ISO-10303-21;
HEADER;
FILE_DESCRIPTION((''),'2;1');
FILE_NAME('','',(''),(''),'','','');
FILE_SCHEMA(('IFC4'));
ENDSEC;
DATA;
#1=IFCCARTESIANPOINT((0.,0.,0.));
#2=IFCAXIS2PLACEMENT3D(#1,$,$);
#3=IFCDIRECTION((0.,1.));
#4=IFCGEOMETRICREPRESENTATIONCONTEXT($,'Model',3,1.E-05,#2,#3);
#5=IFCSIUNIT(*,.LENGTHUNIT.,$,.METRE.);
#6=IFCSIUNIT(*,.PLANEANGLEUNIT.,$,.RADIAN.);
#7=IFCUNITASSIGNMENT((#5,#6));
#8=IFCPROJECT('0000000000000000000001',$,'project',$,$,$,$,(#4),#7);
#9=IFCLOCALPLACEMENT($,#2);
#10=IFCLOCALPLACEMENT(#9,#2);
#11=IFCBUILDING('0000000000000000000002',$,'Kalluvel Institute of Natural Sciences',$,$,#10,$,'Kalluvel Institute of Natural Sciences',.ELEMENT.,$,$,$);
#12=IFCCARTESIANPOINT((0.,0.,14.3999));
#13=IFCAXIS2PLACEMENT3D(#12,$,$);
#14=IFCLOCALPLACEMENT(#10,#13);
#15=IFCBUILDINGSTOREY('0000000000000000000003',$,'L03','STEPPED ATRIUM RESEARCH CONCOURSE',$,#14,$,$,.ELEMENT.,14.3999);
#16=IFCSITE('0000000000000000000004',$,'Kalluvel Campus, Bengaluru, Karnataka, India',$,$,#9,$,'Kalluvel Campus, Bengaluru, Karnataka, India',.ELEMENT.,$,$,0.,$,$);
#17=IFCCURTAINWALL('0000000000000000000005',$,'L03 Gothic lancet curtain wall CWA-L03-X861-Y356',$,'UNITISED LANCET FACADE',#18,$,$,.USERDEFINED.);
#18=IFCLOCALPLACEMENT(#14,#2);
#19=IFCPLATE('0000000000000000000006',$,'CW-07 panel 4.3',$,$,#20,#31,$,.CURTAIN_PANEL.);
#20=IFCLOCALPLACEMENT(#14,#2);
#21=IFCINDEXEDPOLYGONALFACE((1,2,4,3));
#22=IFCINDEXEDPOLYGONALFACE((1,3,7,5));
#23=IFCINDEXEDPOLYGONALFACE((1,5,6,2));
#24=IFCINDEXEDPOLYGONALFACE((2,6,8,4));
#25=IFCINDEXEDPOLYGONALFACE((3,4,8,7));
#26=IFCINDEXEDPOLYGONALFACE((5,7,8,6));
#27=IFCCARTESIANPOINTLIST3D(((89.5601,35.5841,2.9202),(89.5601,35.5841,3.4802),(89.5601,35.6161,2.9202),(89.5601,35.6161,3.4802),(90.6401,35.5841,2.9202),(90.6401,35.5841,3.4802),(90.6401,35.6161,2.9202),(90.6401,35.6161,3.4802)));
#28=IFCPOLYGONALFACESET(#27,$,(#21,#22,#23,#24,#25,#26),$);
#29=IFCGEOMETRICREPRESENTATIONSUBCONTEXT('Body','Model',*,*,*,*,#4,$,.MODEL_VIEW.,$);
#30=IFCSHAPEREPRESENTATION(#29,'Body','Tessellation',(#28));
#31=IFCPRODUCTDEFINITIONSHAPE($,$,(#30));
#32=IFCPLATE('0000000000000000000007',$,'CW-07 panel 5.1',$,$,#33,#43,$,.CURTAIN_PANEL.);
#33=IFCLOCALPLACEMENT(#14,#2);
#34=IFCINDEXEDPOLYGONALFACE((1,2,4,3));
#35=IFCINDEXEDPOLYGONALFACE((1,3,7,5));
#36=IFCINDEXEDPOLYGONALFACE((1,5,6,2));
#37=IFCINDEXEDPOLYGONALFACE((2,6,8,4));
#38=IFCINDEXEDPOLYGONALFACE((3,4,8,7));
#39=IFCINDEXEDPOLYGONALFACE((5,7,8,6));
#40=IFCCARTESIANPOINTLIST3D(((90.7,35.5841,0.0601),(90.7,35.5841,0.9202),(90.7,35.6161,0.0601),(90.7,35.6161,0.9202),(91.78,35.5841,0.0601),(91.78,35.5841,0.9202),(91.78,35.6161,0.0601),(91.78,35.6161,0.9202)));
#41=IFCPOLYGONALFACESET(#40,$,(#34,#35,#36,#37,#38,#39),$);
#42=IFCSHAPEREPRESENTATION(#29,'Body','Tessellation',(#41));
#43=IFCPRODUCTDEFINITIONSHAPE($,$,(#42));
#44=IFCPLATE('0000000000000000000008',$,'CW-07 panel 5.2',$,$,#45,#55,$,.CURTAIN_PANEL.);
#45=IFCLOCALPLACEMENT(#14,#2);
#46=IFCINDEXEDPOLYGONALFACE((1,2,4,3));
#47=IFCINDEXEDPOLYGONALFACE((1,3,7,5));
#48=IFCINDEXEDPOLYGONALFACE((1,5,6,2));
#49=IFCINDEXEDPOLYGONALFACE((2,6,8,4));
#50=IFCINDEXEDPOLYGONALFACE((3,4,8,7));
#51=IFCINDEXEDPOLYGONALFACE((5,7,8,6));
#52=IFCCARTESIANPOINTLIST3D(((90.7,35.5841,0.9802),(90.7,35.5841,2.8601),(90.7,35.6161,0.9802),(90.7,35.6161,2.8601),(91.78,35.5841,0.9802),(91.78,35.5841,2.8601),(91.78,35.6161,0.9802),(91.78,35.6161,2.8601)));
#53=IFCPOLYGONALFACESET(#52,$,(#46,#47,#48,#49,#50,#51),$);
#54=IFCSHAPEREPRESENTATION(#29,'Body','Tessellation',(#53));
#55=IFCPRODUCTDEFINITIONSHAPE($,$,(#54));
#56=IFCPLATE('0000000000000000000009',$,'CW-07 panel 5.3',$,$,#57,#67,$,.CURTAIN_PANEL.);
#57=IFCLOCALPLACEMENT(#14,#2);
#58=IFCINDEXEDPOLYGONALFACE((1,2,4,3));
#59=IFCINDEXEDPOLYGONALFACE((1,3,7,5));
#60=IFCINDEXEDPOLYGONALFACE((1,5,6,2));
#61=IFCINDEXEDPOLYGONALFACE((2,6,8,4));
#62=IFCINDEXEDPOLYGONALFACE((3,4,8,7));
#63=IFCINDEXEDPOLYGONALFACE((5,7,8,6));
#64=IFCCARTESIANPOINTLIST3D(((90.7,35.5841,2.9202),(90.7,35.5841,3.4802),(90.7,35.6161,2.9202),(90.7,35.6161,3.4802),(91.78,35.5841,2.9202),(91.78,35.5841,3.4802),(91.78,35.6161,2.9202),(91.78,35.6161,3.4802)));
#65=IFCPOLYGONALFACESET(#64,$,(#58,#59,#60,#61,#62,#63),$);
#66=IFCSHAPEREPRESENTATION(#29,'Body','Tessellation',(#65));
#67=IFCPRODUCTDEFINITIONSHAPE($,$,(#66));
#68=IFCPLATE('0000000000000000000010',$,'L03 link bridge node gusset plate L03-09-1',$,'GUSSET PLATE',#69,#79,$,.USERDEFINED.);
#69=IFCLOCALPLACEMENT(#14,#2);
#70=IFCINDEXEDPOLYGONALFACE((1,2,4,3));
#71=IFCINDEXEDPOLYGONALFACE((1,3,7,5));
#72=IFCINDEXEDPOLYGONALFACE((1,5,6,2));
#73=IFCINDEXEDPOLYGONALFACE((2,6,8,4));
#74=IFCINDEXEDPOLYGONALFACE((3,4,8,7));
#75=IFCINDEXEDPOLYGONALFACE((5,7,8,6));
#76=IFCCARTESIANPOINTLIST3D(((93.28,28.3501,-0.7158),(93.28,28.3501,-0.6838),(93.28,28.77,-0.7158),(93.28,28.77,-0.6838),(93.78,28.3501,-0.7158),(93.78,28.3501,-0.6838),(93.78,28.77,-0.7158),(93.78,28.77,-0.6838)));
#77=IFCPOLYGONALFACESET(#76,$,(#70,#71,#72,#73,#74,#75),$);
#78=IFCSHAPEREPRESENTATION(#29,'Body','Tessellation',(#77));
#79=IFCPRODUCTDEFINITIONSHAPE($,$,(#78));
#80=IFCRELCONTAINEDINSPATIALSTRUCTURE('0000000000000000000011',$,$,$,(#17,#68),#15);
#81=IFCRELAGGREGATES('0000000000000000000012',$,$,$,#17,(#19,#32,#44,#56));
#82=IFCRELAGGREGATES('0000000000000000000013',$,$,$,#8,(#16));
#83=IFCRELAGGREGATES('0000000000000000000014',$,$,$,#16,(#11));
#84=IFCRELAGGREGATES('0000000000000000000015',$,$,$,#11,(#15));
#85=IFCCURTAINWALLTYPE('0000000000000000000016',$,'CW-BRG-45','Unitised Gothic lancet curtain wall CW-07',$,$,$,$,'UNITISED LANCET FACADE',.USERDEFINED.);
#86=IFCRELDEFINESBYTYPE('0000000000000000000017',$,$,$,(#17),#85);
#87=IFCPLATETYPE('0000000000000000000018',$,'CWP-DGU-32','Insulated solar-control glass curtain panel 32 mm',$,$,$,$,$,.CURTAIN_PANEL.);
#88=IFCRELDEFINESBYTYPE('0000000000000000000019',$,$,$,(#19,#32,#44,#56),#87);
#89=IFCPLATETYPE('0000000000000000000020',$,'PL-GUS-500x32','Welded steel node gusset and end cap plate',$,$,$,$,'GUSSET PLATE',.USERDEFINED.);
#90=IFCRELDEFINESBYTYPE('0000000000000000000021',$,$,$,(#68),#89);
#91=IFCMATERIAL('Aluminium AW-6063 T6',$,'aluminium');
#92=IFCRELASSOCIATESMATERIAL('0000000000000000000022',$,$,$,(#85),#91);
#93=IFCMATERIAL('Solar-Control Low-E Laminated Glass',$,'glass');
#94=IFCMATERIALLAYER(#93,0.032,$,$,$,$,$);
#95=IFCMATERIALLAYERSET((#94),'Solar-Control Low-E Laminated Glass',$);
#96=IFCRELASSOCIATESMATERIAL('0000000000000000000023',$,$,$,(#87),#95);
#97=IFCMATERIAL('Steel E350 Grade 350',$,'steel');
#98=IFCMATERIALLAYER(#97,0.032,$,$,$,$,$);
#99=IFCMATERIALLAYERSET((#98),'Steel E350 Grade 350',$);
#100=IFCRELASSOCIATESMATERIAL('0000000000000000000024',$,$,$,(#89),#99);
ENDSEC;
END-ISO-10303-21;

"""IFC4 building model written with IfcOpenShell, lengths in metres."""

from ifc_helpers import new_model, si_unit, direction, frame, origin, origin_2d, place, context, subcontext, project, spatial, rectangle, extrude, material, layer, layer_set, type_object, element, aggregate, save


model = new_model("IFC4")

# Units and contexts
model_context = context("Model", 3, precision=1e-05, world=origin(), true_north=direction((0.0, 1.0)))
body_context = subcontext(model_context, "Body", "Model", "MODEL_VIEW")
ifc_project = project(units=[si_unit("LENGTHUNIT", "METRE"), si_unit("PLANEANGLEUNIT", "RADIAN")], contexts=[model_context])

# Site, building, storey
site_placement = place(None, origin())
site = spatial("IfcSite", under=ifc_project, at=site_placement, Name="Kalluvel Campus, Bengaluru, Karnataka, India", LongName="Kalluvel Campus, Bengaluru, Karnataka, India", CompositionType="ELEMENT", RefElevation=0.0)
building_placement = place(site_placement, origin())
building = spatial("IfcBuilding", under=site, at=building_placement, Name="Kalluvel Institute of Natural Sciences", LongName="Kalluvel Institute of Natural Sciences", CompositionType="ELEMENT")
storey_placement = place(building_placement, frame((0.0, 0.0, 14.3999)))
storey = spatial("IfcBuildingStorey", under=building, at=storey_placement, Name="L03", Description="STEPPED ATRIUM RESEARCH CONCOURSE", CompositionType="ELEMENT", Elevation=14.3999)

# Shared definitions
ifc_material_1 = material(Name="Steel E350 Grade 350", Category="steel")

# Curtain wall, plates
ifc_material_2 = material(Name="Aluminium AW-6063 T6", Category="aluminium")
curtain_wall_type = type_object("IfcCurtainWallType", Name="CW-BRG-45", Description="Unitised Gothic lancet curtain wall CW-07", ElementType="UNITISED LANCET FACADE", PredefinedType="USERDEFINED", material=ifc_material_2)
curtain_wall_placement = place(storey_placement, origin())
curtain_wall = element("IfcCurtainWall", 1, at=curtain_wall_placement, inside=storey, type_object=curtain_wall_type, Name="L03 Gothic lancet curtain wall CWA-L03-X861-Y356", ObjectType="UNITISED LANCET FACADE", PredefinedType="USERDEFINED")
ifc_material_3 = material(Name="Solar-Control Low-E Laminated Glass", Category="glass")
ifc_layer_1 = layer(ifc_material_3, 0.032)
ifc_layer_set_1 = layer_set([ifc_layer_1], Name="Solar-Control Low-E Laminated Glass")
plate_type_1 = type_object("IfcPlateType", Name="CWP-DGU-32", Description="Insulated solar-control glass curtain panel 32 mm", PredefinedType="CURTAIN_PANEL", material=ifc_layer_set_1)
plate_1_placement = place(storey_placement, frame((90.1001, 35.6001, 2.9202), z_axis=(0.0, 0.0, 1.0), x_axis=(1.0, 0.0, 0.0)))
plate_1 = element("IfcPlate", 2, at=plate_1_placement, type_object=plate_type_1, Name="CW-07 panel 4.3", PredefinedType="CURTAIN_PANEL", context=body_context, shape_type="SweptSolid", body=[
    extrude(rectangle(XDim=1.0801, YDim=0.032, at=origin_2d()), origin(), (0.0, 0.0, 1.0), 0.5601),
])
plate_2_placement = place(storey_placement, frame((91.24, 35.6001, 0.0601), z_axis=(0.0, 0.0, 1.0), x_axis=(1.0, 0.0, 0.0)))
plate_2 = element("IfcPlate", 3, at=plate_2_placement, type_object=plate_type_1, Name="CW-07 panel 5.1", PredefinedType="CURTAIN_PANEL", context=body_context, shape_type="SweptSolid", body=[
    extrude(rectangle(XDim=1.0801, YDim=0.032, at=origin_2d()), origin(), (0.0, 0.0, 1.0), 0.8601),
])
plate_3_placement = place(storey_placement, frame((91.24, 35.6001, 0.9802), z_axis=(0.0, 0.0, 1.0), x_axis=(1.0, 0.0, 0.0)))
plate_3 = element("IfcPlate", 4, at=plate_3_placement, type_object=plate_type_1, Name="CW-07 panel 5.2", PredefinedType="CURTAIN_PANEL", context=body_context, shape_type="SweptSolid", body=[
    extrude(rectangle(XDim=1.0801, YDim=0.032, at=origin_2d()), origin(), (0.0, 0.0, 1.0), 1.8799),
])
plate_4_placement = place(storey_placement, frame((91.24, 35.6001, 2.9202), z_axis=(0.0, 0.0, 1.0), x_axis=(1.0, 0.0, 0.0)))
plate_4 = element("IfcPlate", 5, at=plate_4_placement, type_object=plate_type_1, Name="CW-07 panel 5.3", PredefinedType="CURTAIN_PANEL", context=body_context, shape_type="SweptSolid", body=[
    extrude(rectangle(XDim=1.0801, YDim=0.032, at=origin_2d()), origin(), (0.0, 0.0, 1.0), 0.5601),
])
aggregate(curtain_wall, [plate_1, plate_2, plate_3, plate_4])

# Plate
ifc_layer_2 = layer(ifc_material_1, 0.032)
ifc_layer_set_2 = layer_set([ifc_layer_2], Name="Steel E350 Grade 350")
plate_type_2 = type_object("IfcPlateType", Name="PL-GUS-500x32", Description="Welded steel node gusset and end cap plate", ElementType="GUSSET PLATE", PredefinedType="USERDEFINED", material=ifc_layer_set_2)
plate_5_placement = place(storey_placement, frame((93.53, 28.5601, -0.7158), z_axis=(0.0, 0.0, 1.0), x_axis=(1.0, 0.0, 0.0)))
element("IfcPlate", 6, at=plate_5_placement, inside=storey, type_object=plate_type_2, Name="L03 link bridge node gusset plate L03-09-1", ObjectType="GUSSET PLATE", PredefinedType="USERDEFINED", context=body_context, shape_type="SweptSolid", body=[
    extrude(rectangle(XDim=0.5, YDim=0.4199, at=origin_2d()), origin(), (0.0, 0.0, 1.0), 0.032),
])

save(model, "model.ifc")
